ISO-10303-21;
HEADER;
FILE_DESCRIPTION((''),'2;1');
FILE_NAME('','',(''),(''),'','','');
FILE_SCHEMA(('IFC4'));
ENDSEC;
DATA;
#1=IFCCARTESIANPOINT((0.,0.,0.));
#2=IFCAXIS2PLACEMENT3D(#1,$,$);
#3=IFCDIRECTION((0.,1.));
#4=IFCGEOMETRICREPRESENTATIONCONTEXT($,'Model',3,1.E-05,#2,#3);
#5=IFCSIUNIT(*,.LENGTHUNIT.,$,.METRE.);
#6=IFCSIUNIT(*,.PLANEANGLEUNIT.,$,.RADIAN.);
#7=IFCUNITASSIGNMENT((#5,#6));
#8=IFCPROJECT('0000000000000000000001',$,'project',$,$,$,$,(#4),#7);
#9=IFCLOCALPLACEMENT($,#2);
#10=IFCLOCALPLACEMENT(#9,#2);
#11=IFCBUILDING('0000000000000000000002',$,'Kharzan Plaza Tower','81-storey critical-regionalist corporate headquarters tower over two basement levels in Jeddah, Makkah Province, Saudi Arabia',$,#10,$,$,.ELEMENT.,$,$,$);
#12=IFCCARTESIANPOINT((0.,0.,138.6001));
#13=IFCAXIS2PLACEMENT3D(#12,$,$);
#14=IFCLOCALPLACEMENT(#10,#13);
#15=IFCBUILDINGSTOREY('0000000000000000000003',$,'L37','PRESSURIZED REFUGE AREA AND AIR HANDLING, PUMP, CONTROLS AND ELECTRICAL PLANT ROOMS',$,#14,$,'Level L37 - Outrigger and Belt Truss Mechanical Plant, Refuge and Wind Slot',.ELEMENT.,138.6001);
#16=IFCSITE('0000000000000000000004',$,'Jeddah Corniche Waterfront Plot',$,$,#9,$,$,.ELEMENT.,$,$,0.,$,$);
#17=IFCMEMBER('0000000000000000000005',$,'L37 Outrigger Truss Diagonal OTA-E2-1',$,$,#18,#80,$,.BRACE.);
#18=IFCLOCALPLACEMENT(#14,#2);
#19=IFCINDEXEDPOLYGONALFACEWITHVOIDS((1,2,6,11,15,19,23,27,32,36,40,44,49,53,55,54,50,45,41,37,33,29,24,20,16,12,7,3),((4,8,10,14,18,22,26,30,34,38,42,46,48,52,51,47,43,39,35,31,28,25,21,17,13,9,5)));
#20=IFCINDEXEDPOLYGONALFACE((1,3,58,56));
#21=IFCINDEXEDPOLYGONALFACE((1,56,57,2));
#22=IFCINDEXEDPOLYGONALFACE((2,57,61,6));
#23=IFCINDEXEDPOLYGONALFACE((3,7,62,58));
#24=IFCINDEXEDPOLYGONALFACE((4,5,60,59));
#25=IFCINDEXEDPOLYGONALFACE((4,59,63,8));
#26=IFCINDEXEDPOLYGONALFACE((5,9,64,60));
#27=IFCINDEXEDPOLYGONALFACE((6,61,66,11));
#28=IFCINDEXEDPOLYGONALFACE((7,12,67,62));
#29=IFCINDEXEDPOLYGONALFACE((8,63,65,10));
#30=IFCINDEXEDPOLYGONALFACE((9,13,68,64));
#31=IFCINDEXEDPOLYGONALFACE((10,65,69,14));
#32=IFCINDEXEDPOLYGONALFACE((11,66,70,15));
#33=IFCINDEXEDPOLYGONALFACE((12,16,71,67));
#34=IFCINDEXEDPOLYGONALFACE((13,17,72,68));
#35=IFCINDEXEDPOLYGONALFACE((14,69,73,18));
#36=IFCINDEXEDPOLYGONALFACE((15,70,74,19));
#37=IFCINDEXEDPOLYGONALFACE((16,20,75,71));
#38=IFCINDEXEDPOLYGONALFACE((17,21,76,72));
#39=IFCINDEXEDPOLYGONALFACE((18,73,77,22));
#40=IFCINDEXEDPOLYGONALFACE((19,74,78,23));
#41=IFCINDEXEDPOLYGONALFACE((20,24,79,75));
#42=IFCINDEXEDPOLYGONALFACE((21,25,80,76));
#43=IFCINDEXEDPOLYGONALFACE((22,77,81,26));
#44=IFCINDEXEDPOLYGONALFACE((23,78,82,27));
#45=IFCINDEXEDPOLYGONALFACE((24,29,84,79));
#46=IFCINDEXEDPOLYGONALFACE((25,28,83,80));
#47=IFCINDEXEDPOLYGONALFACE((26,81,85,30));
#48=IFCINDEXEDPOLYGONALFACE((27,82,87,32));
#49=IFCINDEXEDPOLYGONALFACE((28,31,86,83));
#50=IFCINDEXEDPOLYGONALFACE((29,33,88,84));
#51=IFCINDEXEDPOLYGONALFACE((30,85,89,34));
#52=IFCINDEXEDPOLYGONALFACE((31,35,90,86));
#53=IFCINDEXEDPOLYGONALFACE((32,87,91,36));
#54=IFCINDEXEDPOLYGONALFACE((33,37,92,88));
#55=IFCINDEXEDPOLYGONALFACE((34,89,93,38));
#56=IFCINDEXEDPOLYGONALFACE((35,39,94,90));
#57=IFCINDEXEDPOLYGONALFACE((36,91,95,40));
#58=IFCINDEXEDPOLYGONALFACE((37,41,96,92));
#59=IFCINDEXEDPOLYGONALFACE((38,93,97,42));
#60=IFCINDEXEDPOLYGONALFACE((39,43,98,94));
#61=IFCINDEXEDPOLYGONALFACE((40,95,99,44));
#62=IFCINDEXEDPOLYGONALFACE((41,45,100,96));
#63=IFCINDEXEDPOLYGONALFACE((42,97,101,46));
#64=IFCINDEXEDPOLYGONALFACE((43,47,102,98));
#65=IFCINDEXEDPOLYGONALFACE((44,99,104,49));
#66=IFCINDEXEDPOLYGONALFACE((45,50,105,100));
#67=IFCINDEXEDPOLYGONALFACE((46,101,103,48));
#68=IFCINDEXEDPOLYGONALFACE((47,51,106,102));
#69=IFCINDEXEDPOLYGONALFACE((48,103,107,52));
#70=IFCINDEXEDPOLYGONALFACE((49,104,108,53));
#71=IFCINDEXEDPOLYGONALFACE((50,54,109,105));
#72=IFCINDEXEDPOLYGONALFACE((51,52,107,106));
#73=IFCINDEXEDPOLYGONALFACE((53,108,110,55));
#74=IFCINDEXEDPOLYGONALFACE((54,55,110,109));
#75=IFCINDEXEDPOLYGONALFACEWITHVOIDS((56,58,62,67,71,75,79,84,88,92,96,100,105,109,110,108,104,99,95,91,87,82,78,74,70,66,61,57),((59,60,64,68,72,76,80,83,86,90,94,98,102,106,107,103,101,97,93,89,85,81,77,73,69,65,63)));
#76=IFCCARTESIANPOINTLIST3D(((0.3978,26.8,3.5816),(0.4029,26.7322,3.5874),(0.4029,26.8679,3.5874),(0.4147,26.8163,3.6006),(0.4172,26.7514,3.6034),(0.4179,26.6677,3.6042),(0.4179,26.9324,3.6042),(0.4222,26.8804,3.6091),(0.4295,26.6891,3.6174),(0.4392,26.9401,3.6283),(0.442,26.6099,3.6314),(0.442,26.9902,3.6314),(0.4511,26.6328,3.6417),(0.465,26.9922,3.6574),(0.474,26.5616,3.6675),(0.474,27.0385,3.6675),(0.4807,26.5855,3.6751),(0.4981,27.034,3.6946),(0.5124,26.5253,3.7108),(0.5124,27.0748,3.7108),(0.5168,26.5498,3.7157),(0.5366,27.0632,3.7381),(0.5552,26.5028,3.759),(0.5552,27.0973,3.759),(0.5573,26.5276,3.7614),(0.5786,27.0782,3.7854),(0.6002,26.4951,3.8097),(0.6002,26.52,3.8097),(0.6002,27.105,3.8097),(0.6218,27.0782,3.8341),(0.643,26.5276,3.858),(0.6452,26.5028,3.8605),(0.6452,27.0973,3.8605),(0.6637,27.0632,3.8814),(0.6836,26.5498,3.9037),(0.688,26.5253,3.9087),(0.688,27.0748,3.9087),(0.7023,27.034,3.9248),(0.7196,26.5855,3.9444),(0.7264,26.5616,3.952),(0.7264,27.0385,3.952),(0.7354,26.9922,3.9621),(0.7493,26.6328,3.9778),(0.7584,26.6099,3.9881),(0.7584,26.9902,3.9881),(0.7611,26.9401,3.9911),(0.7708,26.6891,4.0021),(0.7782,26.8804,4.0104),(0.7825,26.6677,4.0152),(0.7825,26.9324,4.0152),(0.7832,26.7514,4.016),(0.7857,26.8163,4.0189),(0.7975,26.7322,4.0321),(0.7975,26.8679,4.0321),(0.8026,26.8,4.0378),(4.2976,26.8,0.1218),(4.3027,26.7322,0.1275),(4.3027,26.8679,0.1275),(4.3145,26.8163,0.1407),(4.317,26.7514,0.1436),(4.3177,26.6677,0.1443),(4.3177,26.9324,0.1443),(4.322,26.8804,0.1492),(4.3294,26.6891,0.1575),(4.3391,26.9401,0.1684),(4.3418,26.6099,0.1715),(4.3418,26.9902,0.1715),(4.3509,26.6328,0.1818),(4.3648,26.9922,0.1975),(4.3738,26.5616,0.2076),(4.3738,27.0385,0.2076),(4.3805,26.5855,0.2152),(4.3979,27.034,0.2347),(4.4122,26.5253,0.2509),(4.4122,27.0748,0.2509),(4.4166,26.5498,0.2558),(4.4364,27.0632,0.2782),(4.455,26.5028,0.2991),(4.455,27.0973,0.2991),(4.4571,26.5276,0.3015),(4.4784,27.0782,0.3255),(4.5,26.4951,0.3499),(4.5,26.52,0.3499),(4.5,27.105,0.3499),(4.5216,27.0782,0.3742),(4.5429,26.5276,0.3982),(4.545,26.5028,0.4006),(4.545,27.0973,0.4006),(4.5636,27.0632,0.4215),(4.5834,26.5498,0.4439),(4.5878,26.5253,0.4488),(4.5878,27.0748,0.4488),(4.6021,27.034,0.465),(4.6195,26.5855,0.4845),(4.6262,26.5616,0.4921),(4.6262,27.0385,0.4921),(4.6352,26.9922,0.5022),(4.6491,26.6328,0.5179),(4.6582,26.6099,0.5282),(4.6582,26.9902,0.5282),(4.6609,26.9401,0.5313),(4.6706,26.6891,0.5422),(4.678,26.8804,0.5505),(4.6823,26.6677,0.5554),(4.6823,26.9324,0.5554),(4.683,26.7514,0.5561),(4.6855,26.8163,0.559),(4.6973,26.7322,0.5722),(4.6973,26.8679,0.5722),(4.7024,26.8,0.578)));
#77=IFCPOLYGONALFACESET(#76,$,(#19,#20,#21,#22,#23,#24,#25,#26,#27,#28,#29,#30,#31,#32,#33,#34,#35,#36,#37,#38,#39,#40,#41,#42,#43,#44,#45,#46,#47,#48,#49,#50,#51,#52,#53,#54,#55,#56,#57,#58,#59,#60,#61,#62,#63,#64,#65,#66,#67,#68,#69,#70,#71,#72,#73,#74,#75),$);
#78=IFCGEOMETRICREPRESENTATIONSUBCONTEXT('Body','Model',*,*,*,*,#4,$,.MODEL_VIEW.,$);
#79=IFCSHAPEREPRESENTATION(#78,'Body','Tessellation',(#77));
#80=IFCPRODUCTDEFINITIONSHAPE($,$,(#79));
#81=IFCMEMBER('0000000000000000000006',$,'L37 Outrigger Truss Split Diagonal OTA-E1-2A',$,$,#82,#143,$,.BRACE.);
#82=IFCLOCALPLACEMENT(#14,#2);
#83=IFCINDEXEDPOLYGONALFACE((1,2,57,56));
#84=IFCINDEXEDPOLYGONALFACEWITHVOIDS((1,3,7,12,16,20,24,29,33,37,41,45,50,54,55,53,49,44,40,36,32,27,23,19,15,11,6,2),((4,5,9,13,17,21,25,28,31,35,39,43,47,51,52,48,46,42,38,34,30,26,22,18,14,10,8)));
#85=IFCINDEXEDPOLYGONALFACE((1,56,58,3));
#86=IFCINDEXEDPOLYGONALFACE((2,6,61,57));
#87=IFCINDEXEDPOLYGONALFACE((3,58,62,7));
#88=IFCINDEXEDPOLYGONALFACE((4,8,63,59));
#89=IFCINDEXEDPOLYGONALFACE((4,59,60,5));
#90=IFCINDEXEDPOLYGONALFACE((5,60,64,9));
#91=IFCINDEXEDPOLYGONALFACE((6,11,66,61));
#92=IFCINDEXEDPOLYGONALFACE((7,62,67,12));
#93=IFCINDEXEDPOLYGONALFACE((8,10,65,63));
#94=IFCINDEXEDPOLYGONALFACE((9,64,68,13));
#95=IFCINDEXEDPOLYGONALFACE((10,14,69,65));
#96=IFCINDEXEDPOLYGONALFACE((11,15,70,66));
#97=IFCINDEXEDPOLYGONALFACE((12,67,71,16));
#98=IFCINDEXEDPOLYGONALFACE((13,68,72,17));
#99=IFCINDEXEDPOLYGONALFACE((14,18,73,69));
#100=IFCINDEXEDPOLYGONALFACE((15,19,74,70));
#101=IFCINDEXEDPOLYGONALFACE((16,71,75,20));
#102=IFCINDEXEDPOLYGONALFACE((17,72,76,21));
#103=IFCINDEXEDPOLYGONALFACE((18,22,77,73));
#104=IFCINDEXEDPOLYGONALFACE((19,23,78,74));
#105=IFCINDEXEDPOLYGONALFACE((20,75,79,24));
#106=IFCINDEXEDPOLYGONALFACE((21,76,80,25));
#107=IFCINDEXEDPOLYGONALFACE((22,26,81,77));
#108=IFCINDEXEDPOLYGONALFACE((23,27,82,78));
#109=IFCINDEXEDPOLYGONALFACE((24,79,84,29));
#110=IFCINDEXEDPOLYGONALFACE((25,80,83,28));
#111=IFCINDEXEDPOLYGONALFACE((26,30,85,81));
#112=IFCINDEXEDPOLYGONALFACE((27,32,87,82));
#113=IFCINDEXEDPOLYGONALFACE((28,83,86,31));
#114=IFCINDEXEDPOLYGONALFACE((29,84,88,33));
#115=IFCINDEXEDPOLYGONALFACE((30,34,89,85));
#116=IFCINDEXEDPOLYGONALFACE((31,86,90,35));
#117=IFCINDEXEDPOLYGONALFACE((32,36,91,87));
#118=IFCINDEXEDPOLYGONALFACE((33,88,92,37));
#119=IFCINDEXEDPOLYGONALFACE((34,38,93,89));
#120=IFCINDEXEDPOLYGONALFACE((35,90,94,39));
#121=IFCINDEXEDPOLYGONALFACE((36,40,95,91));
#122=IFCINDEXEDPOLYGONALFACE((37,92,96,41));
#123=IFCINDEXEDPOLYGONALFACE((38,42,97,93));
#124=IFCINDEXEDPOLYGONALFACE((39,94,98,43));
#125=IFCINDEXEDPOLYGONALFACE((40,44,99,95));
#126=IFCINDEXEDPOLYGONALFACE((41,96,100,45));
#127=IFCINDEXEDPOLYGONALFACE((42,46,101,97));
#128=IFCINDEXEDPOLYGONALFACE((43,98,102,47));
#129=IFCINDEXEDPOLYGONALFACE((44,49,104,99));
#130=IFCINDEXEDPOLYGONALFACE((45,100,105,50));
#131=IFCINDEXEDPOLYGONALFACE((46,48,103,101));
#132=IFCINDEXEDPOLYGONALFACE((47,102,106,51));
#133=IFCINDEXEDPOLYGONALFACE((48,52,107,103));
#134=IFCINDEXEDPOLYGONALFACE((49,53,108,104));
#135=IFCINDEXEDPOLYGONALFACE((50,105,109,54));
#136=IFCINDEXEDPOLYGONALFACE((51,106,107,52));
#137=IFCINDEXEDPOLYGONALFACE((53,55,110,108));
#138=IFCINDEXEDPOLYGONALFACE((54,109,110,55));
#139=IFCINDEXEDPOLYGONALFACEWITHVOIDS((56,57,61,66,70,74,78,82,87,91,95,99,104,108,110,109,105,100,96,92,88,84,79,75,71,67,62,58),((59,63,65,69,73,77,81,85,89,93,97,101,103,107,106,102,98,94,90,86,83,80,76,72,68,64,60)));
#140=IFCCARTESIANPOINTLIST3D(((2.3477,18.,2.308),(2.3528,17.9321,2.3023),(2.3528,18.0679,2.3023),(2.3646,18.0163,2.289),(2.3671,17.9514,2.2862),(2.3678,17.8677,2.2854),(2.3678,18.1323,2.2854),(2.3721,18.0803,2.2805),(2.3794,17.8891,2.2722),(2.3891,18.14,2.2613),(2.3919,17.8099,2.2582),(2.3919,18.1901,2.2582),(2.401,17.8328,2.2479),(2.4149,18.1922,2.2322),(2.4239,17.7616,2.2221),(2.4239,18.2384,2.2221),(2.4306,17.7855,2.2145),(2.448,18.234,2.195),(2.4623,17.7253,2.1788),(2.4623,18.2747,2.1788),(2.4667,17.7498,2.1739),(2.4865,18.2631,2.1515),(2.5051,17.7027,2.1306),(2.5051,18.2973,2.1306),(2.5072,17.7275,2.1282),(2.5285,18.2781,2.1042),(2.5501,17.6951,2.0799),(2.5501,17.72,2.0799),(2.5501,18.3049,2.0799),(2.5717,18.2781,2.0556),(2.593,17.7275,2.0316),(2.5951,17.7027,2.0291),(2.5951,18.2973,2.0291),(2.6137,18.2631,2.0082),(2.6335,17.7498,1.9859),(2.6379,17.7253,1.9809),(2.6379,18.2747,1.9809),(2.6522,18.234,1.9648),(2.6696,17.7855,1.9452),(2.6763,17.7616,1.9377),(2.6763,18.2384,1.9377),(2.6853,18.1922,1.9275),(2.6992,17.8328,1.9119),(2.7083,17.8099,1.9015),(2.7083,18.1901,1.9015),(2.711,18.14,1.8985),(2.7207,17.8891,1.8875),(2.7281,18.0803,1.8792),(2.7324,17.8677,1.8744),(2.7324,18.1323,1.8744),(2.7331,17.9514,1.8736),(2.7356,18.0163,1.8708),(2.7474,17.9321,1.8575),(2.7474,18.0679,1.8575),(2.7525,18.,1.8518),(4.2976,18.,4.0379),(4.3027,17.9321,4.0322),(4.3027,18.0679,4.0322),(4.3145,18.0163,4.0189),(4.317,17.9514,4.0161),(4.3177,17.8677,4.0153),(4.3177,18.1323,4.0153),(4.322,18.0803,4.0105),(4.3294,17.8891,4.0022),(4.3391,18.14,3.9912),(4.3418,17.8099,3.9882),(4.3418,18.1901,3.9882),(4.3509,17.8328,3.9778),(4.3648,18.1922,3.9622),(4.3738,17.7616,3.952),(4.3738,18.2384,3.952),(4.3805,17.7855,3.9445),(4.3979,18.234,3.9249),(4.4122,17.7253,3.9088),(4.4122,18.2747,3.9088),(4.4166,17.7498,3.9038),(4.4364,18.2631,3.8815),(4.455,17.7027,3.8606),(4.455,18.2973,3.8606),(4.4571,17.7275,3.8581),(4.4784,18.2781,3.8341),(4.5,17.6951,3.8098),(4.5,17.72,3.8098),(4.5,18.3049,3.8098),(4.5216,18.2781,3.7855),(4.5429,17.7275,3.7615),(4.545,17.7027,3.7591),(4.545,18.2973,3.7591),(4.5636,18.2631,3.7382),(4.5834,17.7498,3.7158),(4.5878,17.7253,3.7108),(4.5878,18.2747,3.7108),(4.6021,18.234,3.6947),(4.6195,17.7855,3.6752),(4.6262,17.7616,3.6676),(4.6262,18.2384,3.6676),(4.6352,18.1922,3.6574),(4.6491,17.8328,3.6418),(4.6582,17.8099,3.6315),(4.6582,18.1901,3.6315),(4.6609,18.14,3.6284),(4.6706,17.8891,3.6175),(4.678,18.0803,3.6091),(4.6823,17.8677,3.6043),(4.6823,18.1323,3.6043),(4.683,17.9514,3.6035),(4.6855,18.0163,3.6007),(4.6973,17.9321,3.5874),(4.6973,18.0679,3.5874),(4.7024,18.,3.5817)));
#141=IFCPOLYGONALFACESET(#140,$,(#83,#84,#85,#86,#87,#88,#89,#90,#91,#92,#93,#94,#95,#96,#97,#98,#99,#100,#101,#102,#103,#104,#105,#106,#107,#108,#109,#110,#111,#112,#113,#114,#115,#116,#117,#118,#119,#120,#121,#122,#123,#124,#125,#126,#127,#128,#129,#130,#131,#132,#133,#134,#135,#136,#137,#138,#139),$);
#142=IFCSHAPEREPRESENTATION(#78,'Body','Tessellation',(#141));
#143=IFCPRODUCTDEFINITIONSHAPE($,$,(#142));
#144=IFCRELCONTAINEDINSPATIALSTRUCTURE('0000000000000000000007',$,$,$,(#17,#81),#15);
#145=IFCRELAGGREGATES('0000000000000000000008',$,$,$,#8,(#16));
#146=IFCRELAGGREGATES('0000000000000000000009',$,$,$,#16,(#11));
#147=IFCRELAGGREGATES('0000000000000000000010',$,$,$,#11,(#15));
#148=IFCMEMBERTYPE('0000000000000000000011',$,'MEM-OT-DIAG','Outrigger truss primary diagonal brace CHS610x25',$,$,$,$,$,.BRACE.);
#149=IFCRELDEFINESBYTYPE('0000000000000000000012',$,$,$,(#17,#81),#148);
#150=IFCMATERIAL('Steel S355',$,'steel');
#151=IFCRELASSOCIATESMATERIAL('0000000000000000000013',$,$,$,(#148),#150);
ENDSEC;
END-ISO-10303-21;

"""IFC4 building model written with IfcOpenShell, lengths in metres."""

from ifc_helpers import new_model, si_unit, direction, frame, origin, origin_2d, place, context, subcontext, project, spatial, hollow_circle, extrude, source, transform, mapped, material, material_profile, profile_set, type_object, element, save


model = new_model("IFC4")

# Units and contexts
model_context = context("Model", 3, precision=1e-05, world=origin(), true_north=direction((0.0, 1.0)))
body_context = subcontext(model_context, "Body", "Model", "MODEL_VIEW")
ifc_project = project(units=[si_unit("LENGTHUNIT", "METRE"), si_unit("PLANEANGLEUNIT", "RADIAN")], contexts=[model_context])

# Site, building, storey
site_placement = place(None, origin())
site = spatial("IfcSite", under=ifc_project, at=site_placement, Name="Jeddah Corniche Waterfront Plot", CompositionType="ELEMENT", RefElevation=0.0)
building_placement = place(site_placement, origin())
building = spatial("IfcBuilding", under=site, at=building_placement, Name="Kharzan Plaza Tower", Description="81-storey critical-regionalist corporate headquarters tower over two basement levels in Jeddah, Makkah Province, Saudi Arabia", CompositionType="ELEMENT")
storey_placement = place(building_placement, frame((0.0, 0.0, 138.6001)))
storey = spatial("IfcBuildingStorey", under=building, at=storey_placement, Name="L37", Description="PRESSURIZED REFUGE AREA AND AIR HANDLING, PUMP, CONTROLS AND ELECTRICAL PLANT ROOMS", LongName="Level L37 - Outrigger and Belt Truss Mechanical Plant, Refuge and Wind Slot", CompositionType="ELEMENT", Elevation=138.6001)

# Shared definitions
ifc_material_1 = material(Name="Steel S355", Category="steel")

# Members
ifc_material_profile_1 = material_profile(ifc_material_1, hollow_circle(Radius=0.3049, WallThickness=0.0249, at=origin_2d()), Name="CHS610x25")
ifc_profile_set_1 = profile_set([ifc_material_profile_1], Name="Steel S355")
member_type_1 = type_object("IfcMemberType", Name="MEM-OT-DIAG", Description="Outrigger truss primary diagonal brace CHS610x25", PredefinedType="BRACE", material=ifc_profile_set_1)
shared_shape_1 = source(origin(), body_context, "Body", "SweptSolid", [
    extrude(hollow_circle(Radius=0.3049, WallThickness=0.0249, at=origin_2d()), origin(), (0.0, 0.0, 1.0), 5.2134),
])
member_placement = place(storey_placement, frame((4.5, 26.8, 0.3499), z_axis=(-0.748039, 0.0, 0.663654), x_axis=(0.0, -1.0, 0.0)))
element("IfcMember", 1, at=member_placement, inside=storey, type_object=member_type_1, Name="L37 Outrigger Truss Diagonal OTA-E2-1", PredefinedType="BRACE", context=body_context, shape_type="MappedRepresentation", body=[
    mapped(shared_shape_1, transform((0.0, 0.0, 0.0), x_axis=(1.0, 0.0, 0.0), y_axis=(0.0, 1.0, 0.0), z_axis=(0.0, 0.0, 1.0))),
])
shared_shape_2 = source(origin(), body_context, "Body", "SweptSolid", [
    extrude(hollow_circle(Radius=0.3049, WallThickness=0.0249, at=origin_2d()), origin(), (0.0, 0.0, 1.0), 2.6067),
])
for number, where, z_axis, x_axis, name in (
    (2, (4.5, 18.0, 3.8098), (-0.748039, 0.0, -0.663654), (0.0, -1.0, 0.0), "L37 Outrigger Truss Split Diagonal OTA-E1-2A"),
):
    element("IfcMember", number, at=place(storey_placement, frame(where, z_axis=z_axis, x_axis=x_axis)), inside=storey, type_object=member_type_1, Name=name, PredefinedType="BRACE", context=body_context, shape_type="MappedRepresentation", body=[
        mapped(shared_shape_2, transform((0.0, 0.0, 0.0), x_axis=(1.0, 0.0, 0.0), y_axis=(0.0, 1.0, 0.0), z_axis=(0.0, 0.0, 1.0))),
    ])

save(model, "model.ifc")
